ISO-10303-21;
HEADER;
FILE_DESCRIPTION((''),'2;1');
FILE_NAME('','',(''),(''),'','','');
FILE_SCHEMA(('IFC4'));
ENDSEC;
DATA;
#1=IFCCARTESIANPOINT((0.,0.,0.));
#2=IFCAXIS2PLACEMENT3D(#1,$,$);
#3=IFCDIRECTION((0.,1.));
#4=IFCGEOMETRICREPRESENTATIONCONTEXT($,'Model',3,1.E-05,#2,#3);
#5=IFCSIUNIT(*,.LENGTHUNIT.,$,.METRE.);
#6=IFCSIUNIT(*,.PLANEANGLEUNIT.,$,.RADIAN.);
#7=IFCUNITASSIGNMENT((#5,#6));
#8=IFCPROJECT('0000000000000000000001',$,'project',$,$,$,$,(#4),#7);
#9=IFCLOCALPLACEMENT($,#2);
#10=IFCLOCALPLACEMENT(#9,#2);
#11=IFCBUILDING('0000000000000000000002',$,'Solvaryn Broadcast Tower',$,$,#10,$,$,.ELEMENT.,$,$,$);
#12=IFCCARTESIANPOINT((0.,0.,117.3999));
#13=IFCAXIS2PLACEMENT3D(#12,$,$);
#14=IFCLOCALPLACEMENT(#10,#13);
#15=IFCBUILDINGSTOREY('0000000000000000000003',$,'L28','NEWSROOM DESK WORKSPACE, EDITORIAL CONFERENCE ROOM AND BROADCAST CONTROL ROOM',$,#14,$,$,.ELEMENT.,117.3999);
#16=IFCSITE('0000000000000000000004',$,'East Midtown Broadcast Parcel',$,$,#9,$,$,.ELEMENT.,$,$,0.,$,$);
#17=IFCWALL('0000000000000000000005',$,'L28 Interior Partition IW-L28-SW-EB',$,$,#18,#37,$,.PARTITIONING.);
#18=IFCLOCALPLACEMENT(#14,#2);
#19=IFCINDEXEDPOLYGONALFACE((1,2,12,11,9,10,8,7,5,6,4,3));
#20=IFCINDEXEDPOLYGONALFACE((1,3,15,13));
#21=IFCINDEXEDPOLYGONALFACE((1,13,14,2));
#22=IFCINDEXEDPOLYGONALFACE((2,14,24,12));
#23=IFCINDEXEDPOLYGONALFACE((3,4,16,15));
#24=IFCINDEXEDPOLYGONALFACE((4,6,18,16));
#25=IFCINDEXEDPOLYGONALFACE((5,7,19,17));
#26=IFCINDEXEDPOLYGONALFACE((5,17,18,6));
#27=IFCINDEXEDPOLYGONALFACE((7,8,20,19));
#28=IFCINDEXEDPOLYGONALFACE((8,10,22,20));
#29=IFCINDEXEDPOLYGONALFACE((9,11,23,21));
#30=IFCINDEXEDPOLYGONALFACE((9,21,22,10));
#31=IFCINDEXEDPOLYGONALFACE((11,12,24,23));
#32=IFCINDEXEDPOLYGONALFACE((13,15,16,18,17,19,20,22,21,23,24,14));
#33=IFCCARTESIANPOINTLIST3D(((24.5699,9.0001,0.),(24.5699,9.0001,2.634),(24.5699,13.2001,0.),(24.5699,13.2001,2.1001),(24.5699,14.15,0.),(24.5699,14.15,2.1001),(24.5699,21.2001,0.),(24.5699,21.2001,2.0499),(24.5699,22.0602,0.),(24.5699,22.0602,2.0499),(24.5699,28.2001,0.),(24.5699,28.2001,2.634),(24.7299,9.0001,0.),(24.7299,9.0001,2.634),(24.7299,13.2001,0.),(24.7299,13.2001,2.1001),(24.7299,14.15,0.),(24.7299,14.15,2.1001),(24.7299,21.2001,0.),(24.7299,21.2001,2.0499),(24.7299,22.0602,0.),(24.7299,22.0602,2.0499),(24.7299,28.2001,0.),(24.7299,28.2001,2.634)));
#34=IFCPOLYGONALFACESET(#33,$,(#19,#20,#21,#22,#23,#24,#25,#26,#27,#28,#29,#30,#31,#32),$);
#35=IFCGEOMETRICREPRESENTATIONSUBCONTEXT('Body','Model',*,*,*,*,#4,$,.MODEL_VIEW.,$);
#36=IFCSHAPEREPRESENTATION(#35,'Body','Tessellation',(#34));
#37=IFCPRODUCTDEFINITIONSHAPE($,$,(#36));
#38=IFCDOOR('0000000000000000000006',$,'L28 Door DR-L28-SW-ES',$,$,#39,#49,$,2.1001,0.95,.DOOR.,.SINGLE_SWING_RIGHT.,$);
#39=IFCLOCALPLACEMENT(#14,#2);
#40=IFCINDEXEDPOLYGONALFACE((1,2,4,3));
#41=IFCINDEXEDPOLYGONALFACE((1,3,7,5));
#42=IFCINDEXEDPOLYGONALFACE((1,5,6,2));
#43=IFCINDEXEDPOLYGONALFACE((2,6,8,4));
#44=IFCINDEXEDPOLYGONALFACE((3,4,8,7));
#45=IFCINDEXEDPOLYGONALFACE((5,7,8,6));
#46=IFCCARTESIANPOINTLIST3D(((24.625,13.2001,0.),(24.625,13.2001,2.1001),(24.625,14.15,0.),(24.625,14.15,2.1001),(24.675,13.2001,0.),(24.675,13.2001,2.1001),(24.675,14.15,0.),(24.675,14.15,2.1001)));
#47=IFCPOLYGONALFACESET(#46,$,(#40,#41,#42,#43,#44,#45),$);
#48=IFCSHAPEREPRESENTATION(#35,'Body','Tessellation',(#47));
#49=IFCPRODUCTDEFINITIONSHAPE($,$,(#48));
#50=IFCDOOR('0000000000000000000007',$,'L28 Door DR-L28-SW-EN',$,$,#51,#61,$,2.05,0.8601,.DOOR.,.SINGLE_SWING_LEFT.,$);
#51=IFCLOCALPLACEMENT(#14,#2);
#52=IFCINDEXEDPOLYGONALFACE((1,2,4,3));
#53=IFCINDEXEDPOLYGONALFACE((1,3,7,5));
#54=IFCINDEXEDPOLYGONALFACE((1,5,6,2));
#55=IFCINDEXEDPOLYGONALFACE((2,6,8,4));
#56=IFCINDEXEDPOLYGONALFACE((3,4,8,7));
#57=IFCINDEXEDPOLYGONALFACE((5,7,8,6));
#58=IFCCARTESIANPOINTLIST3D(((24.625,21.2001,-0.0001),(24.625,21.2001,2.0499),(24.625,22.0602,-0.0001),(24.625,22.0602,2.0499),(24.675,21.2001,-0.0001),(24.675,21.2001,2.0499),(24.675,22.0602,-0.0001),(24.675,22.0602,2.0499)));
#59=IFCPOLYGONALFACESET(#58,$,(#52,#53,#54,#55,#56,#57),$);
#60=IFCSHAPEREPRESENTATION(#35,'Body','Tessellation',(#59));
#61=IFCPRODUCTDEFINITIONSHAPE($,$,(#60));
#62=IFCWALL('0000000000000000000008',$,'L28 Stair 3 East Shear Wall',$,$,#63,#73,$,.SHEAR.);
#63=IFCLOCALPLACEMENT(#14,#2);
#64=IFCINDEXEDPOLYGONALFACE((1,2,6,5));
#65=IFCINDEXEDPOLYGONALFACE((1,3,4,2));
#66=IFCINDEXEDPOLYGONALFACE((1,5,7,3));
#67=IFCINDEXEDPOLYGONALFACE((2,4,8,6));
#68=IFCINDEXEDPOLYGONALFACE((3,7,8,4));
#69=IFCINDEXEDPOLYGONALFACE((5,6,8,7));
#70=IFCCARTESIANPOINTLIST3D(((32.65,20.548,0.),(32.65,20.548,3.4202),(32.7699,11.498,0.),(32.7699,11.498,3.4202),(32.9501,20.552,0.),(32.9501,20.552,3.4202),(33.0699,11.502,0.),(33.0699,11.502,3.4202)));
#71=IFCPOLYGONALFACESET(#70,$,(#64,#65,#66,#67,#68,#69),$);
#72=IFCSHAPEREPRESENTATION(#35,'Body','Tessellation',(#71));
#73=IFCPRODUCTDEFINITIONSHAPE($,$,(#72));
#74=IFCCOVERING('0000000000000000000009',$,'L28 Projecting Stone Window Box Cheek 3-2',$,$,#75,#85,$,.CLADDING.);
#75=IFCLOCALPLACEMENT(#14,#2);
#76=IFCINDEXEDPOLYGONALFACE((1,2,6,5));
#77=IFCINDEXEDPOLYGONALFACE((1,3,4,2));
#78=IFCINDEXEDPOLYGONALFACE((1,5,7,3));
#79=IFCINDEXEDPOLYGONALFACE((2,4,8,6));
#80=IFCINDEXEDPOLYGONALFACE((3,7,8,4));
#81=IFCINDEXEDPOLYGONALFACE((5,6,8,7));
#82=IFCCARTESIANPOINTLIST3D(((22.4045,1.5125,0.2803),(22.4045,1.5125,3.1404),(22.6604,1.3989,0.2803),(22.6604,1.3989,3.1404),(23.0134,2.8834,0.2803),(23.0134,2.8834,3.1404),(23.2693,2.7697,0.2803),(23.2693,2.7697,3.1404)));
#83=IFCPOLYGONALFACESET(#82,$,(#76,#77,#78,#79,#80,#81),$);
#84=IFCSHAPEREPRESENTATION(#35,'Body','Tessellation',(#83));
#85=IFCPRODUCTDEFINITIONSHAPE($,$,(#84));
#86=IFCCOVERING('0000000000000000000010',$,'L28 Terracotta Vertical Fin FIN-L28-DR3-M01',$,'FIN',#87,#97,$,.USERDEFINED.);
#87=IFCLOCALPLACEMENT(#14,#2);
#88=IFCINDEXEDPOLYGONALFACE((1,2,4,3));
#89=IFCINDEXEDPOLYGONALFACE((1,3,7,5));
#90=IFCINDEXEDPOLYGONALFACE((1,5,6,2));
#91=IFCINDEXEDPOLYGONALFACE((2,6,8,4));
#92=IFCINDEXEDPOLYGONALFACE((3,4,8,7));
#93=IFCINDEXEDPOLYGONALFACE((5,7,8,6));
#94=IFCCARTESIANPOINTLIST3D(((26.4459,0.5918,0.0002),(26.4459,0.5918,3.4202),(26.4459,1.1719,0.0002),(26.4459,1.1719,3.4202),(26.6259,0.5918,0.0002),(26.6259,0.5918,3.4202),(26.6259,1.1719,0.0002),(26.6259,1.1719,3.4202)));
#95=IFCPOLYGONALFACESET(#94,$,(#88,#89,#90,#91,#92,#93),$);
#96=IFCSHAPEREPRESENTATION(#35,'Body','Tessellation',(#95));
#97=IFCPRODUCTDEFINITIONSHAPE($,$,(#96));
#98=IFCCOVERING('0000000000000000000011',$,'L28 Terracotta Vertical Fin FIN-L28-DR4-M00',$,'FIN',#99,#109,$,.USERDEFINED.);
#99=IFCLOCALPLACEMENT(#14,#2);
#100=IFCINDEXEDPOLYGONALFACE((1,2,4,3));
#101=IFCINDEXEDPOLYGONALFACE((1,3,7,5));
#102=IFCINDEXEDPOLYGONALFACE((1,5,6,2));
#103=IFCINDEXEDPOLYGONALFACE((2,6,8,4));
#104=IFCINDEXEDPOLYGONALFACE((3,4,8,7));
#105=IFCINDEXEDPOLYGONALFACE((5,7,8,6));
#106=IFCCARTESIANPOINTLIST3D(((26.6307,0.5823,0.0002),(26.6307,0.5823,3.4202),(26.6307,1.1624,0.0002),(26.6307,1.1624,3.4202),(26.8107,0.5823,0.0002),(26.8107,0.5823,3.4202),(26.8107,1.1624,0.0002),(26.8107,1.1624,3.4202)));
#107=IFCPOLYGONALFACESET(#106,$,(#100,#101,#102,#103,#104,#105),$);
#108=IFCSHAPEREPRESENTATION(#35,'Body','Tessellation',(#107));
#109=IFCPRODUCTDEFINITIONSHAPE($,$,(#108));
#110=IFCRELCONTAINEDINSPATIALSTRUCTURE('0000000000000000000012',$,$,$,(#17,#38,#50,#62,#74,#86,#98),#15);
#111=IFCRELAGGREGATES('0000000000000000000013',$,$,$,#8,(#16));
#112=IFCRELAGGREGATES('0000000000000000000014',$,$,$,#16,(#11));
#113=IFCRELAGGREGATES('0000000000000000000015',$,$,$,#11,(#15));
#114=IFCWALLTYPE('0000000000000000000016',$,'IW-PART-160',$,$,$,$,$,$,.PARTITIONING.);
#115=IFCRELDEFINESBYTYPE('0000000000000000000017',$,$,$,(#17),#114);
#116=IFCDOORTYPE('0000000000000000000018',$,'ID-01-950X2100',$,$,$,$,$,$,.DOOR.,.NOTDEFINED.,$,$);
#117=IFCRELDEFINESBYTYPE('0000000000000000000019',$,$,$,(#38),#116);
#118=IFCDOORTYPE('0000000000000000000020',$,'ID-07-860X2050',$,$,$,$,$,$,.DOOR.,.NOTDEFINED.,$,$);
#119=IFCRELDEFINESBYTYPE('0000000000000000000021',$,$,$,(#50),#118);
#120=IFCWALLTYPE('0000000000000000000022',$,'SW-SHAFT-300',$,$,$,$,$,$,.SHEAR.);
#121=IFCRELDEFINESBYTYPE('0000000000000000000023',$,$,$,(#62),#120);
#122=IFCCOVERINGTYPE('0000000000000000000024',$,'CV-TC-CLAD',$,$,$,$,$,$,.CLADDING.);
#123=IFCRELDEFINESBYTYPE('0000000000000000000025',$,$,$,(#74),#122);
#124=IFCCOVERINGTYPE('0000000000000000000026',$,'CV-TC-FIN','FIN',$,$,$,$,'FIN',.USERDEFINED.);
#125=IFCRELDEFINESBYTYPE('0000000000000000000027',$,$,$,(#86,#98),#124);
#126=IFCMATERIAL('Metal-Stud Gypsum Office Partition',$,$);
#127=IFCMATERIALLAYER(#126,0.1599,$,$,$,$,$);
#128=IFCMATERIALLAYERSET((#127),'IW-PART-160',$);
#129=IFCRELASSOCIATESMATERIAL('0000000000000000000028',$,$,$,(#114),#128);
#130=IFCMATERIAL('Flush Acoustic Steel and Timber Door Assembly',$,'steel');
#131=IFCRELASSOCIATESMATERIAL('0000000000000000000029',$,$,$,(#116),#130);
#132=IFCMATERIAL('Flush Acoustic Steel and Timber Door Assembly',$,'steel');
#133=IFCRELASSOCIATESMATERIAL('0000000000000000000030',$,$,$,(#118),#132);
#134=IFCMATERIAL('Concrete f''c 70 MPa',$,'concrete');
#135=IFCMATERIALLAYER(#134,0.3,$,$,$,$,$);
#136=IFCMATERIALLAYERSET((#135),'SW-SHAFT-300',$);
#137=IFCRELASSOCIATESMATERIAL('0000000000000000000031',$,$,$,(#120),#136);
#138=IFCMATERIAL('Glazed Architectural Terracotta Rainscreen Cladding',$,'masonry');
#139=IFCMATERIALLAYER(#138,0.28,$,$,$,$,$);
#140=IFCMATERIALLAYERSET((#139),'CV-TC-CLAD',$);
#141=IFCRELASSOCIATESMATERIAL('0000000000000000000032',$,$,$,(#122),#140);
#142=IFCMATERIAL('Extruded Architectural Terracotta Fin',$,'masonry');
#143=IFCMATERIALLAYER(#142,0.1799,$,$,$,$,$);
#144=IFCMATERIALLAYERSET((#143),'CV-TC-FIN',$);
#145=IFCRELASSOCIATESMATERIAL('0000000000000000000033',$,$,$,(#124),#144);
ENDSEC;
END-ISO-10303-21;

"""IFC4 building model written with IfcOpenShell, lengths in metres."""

from ifc_helpers import new_model, si_unit, direction, frame, frame_2d, origin, origin_2d, place, context, subcontext, project, spatial, rectangle, extrude, material, layer, layer_set, type_object, element, fill, save


model = new_model("IFC4")

# Units and contexts
model_context = context("Model", 3, precision=1e-05, world=origin(), true_north=direction((0.0, 1.0)))
body_context = subcontext(model_context, "Body", "Model", "MODEL_VIEW")
ifc_project = project(units=[si_unit("LENGTHUNIT", "METRE"), si_unit("PLANEANGLEUNIT", "RADIAN")], contexts=[model_context])

# Site, building, storey
site_placement = place(None, origin())
site = spatial("IfcSite", under=ifc_project, at=site_placement, Name="East Midtown Broadcast Parcel", CompositionType="ELEMENT", RefElevation=0.0)
building_placement = place(site_placement, origin())
building = spatial("IfcBuilding", under=site, at=building_placement, Name="Solvaryn Broadcast Tower", CompositionType="ELEMENT")
storey_placement = place(building_placement, frame((0.0, 0.0, 117.3999)))
storey = spatial("IfcBuildingStorey", under=building, at=storey_placement, Name="L28", Description="NEWSROOM DESK WORKSPACE, EDITORIAL CONFERENCE ROOM AND BROADCAST CONTROL ROOM", CompositionType="ELEMENT", Elevation=117.3999)

# Wall, openings, doors
ifc_material_1 = material(Name="Metal-Stud Gypsum Office Partition")
ifc_layer_1 = layer(ifc_material_1, 0.1599)
ifc_layer_set_1 = layer_set([ifc_layer_1], Name="IW-PART-160")
wall_type_1 = type_object("IfcWallType", Name="IW-PART-160", PredefinedType="PARTITIONING", material=ifc_layer_set_1)
wall_1_placement = place(storey_placement, frame((24.6499, 9.0, 0.0), z_axis=(0.0, 0.0, 1.0), x_axis=(0.0, 1.0, 0.0)))
wall_1 = element("IfcWall", 1, at=wall_1_placement, inside=storey, type_object=wall_type_1, Name="L28 Interior Partition IW-L28-SW-EB", PredefinedType="PARTITIONING", context=body_context, shape_type="SweptSolid", body=[
    extrude(rectangle(XDim=19.2, YDim=0.1599, at=frame_2d((9.6001, 0.0))), origin(), (0.0, 0.0, 1.0), 2.634),
])
opening_1_placement = place(wall_1_placement, frame((12.2, 0.0, 0.0)))
opening_1 = element("IfcOpeningElement", 2, at=opening_1_placement, cuts=wall_1, PredefinedType="OPENING", context=body_context, shape_type="SweptSolid", body=[
    extrude(rectangle(XDim=0.8601, YDim=2.05, at=frame_2d((0.4302, 1.0249))), frame((0.0, 0.0901, 0.0), z_axis=(0.0, -1.0, 0.0), x_axis=(1.0, 0.0, 0.0)), (0.0, 0.0, 1.0), 0.1799),
])
opening_2_placement = place(wall_1_placement, frame((4.2, 0.0, 0.0)))
opening_2 = element("IfcOpeningElement", 3, at=opening_2_placement, cuts=wall_1, PredefinedType="OPENING", context=body_context, shape_type="SweptSolid", body=[
    extrude(rectangle(XDim=0.95, YDim=2.1001, at=frame_2d((0.4751, 1.05))), frame((0.0, 0.0901, 0.0), z_axis=(0.0, -1.0, 0.0), x_axis=(1.0, 0.0, 0.0)), (0.0, 0.0, 1.0), 0.1799),
])
ifc_material_2 = material(Name="Flush Acoustic Steel and Timber Door Assembly", Category="steel")
door_type_1 = type_object("IfcDoorType", Name="ID-01-950X2100", OperationType="NOTDEFINED", PredefinedType="DOOR", material=ifc_material_2)
door_1_placement = place(opening_2_placement, origin())
door_1 = element("IfcDoor", 4, at=door_1_placement, inside=storey, type_object=door_type_1, Name="L28 Door DR-L28-SW-ES", OperationType="SINGLE_SWING_RIGHT", OverallHeight=2.1001, OverallWidth=0.95, PredefinedType="DOOR", context=body_context, shape_type="SweptSolid", body=[
    extrude(rectangle(XDim=0.95, YDim=2.1001, at=frame_2d((0.4751, 1.05))), frame((0.0, 0.0249, 0.0), z_axis=(0.0, -1.0, 0.0), x_axis=(1.0, 0.0, 0.0)), (0.0, 0.0, 1.0), 0.05),
])
fill(opening_2, door_1)
ifc_material_3 = material(Name="Flush Acoustic Steel and Timber Door Assembly", Category="steel")
door_type_2 = type_object("IfcDoorType", Name="ID-07-860X2050", OperationType="NOTDEFINED", PredefinedType="DOOR", material=ifc_material_3)
door_2_placement = place(opening_1_placement, origin())
door_2 = element("IfcDoor", 5, at=door_2_placement, inside=storey, type_object=door_type_2, Name="L28 Door DR-L28-SW-EN", OperationType="SINGLE_SWING_LEFT", OverallHeight=2.05, OverallWidth=0.8601, PredefinedType="DOOR", context=body_context, shape_type="SweptSolid", body=[
    extrude(rectangle(XDim=0.8601, YDim=2.05, at=frame_2d((0.4302, 1.0249))), frame((0.0, 0.0249, 0.0), z_axis=(0.0, -1.0, 0.0), x_axis=(1.0, 0.0, 0.0)), (0.0, 0.0, 1.0), 0.05),
])
fill(opening_1, door_2)

# Wall
ifc_material_4 = material(Name="Concrete f'c 70 MPa", Category="concrete")
ifc_layer_2 = layer(ifc_material_4, 0.3)
ifc_layer_set_2 = layer_set([ifc_layer_2], Name="SW-SHAFT-300")
wall_type_2 = type_object("IfcWallType", Name="SW-SHAFT-300", PredefinedType="SHEAR", material=ifc_layer_set_2)
wall_2_placement = place(storey_placement, frame((32.9199, 11.5, 0.0), z_axis=(0.0, 0.0, 1.0), x_axis=(-0.013244, 0.999912, 0.0)))
element("IfcWall", 6, at=wall_2_placement, inside=storey, type_object=wall_type_2, Name="L28 Stair 3 East Shear Wall", PredefinedType="SHEAR", context=body_context, shape_type="SweptSolid", body=[
    extrude(rectangle(XDim=9.0508, YDim=0.3, at=frame_2d((4.5254, 0.0))), origin(), (0.0, 0.0, 1.0), 3.4202),
])

# Coverings
ifc_material_5 = material(Name="Glazed Architectural Terracotta Rainscreen Cladding", Category="masonry")
ifc_layer_3 = layer(ifc_material_5, 0.28)
ifc_layer_set_3 = layer_set([ifc_layer_3], Name="CV-TC-CLAD")
covering_type_1 = type_object("IfcCoveringType", Name="CV-TC-CLAD", PredefinedType="CLADDING", material=ifc_layer_set_3)
covering_placement = place(storey_placement, frame((22.8369, 2.1411, 0.2803), z_axis=(0.0, 0.0, 1.0), x_axis=(0.9139, -0.405939, 0.0)))
element("IfcCovering", 7, at=covering_placement, inside=storey, type_object=covering_type_1, Name="L28 Projecting Stone Window Box Cheek 3-2", PredefinedType="CLADDING", context=body_context, shape_type="SweptSolid", body=[
    extrude(rectangle(XDim=0.28, YDim=1.5, at=origin_2d()), origin(), (0.0, 0.0, 1.0), 2.8601),
])
ifc_material_6 = material(Name="Extruded Architectural Terracotta Fin", Category="masonry")
ifc_layer_4 = layer(ifc_material_6, 0.1799)
ifc_layer_set_4 = layer_set([ifc_layer_4], Name="CV-TC-FIN")
covering_type_2 = type_object("IfcCoveringType", Name="CV-TC-FIN", Description="FIN", ElementType="FIN", PredefinedType="USERDEFINED", material=ifc_layer_set_4)
for number, where, z_axis, x_axis, name in (
    (8, (26.5359, 0.8818, 0.0002), (0.0, 0.0, 1.0), (1.0, 0.0, 0.0), "L28 Terracotta Vertical Fin FIN-L28-DR3-M01"),
    (9, (26.7207, 0.8723, 0.0002), (0.0, 0.0, 1.0), (1.0, 0.0, 0.0), "L28 Terracotta Vertical Fin FIN-L28-DR4-M00"),
):
    element("IfcCovering", number, at=place(storey_placement, frame(where, z_axis=z_axis, x_axis=x_axis)), inside=storey, type_object=covering_type_2, Name=name, ObjectType="FIN", PredefinedType="USERDEFINED", context=body_context, shape_type="SweptSolid", body=[
        extrude(rectangle(XDim=0.1799, YDim=0.5801, at=origin_2d()), origin(), (0.0, 0.0, 1.0), 3.4199),
    ])

save(model, "model.ifc")
